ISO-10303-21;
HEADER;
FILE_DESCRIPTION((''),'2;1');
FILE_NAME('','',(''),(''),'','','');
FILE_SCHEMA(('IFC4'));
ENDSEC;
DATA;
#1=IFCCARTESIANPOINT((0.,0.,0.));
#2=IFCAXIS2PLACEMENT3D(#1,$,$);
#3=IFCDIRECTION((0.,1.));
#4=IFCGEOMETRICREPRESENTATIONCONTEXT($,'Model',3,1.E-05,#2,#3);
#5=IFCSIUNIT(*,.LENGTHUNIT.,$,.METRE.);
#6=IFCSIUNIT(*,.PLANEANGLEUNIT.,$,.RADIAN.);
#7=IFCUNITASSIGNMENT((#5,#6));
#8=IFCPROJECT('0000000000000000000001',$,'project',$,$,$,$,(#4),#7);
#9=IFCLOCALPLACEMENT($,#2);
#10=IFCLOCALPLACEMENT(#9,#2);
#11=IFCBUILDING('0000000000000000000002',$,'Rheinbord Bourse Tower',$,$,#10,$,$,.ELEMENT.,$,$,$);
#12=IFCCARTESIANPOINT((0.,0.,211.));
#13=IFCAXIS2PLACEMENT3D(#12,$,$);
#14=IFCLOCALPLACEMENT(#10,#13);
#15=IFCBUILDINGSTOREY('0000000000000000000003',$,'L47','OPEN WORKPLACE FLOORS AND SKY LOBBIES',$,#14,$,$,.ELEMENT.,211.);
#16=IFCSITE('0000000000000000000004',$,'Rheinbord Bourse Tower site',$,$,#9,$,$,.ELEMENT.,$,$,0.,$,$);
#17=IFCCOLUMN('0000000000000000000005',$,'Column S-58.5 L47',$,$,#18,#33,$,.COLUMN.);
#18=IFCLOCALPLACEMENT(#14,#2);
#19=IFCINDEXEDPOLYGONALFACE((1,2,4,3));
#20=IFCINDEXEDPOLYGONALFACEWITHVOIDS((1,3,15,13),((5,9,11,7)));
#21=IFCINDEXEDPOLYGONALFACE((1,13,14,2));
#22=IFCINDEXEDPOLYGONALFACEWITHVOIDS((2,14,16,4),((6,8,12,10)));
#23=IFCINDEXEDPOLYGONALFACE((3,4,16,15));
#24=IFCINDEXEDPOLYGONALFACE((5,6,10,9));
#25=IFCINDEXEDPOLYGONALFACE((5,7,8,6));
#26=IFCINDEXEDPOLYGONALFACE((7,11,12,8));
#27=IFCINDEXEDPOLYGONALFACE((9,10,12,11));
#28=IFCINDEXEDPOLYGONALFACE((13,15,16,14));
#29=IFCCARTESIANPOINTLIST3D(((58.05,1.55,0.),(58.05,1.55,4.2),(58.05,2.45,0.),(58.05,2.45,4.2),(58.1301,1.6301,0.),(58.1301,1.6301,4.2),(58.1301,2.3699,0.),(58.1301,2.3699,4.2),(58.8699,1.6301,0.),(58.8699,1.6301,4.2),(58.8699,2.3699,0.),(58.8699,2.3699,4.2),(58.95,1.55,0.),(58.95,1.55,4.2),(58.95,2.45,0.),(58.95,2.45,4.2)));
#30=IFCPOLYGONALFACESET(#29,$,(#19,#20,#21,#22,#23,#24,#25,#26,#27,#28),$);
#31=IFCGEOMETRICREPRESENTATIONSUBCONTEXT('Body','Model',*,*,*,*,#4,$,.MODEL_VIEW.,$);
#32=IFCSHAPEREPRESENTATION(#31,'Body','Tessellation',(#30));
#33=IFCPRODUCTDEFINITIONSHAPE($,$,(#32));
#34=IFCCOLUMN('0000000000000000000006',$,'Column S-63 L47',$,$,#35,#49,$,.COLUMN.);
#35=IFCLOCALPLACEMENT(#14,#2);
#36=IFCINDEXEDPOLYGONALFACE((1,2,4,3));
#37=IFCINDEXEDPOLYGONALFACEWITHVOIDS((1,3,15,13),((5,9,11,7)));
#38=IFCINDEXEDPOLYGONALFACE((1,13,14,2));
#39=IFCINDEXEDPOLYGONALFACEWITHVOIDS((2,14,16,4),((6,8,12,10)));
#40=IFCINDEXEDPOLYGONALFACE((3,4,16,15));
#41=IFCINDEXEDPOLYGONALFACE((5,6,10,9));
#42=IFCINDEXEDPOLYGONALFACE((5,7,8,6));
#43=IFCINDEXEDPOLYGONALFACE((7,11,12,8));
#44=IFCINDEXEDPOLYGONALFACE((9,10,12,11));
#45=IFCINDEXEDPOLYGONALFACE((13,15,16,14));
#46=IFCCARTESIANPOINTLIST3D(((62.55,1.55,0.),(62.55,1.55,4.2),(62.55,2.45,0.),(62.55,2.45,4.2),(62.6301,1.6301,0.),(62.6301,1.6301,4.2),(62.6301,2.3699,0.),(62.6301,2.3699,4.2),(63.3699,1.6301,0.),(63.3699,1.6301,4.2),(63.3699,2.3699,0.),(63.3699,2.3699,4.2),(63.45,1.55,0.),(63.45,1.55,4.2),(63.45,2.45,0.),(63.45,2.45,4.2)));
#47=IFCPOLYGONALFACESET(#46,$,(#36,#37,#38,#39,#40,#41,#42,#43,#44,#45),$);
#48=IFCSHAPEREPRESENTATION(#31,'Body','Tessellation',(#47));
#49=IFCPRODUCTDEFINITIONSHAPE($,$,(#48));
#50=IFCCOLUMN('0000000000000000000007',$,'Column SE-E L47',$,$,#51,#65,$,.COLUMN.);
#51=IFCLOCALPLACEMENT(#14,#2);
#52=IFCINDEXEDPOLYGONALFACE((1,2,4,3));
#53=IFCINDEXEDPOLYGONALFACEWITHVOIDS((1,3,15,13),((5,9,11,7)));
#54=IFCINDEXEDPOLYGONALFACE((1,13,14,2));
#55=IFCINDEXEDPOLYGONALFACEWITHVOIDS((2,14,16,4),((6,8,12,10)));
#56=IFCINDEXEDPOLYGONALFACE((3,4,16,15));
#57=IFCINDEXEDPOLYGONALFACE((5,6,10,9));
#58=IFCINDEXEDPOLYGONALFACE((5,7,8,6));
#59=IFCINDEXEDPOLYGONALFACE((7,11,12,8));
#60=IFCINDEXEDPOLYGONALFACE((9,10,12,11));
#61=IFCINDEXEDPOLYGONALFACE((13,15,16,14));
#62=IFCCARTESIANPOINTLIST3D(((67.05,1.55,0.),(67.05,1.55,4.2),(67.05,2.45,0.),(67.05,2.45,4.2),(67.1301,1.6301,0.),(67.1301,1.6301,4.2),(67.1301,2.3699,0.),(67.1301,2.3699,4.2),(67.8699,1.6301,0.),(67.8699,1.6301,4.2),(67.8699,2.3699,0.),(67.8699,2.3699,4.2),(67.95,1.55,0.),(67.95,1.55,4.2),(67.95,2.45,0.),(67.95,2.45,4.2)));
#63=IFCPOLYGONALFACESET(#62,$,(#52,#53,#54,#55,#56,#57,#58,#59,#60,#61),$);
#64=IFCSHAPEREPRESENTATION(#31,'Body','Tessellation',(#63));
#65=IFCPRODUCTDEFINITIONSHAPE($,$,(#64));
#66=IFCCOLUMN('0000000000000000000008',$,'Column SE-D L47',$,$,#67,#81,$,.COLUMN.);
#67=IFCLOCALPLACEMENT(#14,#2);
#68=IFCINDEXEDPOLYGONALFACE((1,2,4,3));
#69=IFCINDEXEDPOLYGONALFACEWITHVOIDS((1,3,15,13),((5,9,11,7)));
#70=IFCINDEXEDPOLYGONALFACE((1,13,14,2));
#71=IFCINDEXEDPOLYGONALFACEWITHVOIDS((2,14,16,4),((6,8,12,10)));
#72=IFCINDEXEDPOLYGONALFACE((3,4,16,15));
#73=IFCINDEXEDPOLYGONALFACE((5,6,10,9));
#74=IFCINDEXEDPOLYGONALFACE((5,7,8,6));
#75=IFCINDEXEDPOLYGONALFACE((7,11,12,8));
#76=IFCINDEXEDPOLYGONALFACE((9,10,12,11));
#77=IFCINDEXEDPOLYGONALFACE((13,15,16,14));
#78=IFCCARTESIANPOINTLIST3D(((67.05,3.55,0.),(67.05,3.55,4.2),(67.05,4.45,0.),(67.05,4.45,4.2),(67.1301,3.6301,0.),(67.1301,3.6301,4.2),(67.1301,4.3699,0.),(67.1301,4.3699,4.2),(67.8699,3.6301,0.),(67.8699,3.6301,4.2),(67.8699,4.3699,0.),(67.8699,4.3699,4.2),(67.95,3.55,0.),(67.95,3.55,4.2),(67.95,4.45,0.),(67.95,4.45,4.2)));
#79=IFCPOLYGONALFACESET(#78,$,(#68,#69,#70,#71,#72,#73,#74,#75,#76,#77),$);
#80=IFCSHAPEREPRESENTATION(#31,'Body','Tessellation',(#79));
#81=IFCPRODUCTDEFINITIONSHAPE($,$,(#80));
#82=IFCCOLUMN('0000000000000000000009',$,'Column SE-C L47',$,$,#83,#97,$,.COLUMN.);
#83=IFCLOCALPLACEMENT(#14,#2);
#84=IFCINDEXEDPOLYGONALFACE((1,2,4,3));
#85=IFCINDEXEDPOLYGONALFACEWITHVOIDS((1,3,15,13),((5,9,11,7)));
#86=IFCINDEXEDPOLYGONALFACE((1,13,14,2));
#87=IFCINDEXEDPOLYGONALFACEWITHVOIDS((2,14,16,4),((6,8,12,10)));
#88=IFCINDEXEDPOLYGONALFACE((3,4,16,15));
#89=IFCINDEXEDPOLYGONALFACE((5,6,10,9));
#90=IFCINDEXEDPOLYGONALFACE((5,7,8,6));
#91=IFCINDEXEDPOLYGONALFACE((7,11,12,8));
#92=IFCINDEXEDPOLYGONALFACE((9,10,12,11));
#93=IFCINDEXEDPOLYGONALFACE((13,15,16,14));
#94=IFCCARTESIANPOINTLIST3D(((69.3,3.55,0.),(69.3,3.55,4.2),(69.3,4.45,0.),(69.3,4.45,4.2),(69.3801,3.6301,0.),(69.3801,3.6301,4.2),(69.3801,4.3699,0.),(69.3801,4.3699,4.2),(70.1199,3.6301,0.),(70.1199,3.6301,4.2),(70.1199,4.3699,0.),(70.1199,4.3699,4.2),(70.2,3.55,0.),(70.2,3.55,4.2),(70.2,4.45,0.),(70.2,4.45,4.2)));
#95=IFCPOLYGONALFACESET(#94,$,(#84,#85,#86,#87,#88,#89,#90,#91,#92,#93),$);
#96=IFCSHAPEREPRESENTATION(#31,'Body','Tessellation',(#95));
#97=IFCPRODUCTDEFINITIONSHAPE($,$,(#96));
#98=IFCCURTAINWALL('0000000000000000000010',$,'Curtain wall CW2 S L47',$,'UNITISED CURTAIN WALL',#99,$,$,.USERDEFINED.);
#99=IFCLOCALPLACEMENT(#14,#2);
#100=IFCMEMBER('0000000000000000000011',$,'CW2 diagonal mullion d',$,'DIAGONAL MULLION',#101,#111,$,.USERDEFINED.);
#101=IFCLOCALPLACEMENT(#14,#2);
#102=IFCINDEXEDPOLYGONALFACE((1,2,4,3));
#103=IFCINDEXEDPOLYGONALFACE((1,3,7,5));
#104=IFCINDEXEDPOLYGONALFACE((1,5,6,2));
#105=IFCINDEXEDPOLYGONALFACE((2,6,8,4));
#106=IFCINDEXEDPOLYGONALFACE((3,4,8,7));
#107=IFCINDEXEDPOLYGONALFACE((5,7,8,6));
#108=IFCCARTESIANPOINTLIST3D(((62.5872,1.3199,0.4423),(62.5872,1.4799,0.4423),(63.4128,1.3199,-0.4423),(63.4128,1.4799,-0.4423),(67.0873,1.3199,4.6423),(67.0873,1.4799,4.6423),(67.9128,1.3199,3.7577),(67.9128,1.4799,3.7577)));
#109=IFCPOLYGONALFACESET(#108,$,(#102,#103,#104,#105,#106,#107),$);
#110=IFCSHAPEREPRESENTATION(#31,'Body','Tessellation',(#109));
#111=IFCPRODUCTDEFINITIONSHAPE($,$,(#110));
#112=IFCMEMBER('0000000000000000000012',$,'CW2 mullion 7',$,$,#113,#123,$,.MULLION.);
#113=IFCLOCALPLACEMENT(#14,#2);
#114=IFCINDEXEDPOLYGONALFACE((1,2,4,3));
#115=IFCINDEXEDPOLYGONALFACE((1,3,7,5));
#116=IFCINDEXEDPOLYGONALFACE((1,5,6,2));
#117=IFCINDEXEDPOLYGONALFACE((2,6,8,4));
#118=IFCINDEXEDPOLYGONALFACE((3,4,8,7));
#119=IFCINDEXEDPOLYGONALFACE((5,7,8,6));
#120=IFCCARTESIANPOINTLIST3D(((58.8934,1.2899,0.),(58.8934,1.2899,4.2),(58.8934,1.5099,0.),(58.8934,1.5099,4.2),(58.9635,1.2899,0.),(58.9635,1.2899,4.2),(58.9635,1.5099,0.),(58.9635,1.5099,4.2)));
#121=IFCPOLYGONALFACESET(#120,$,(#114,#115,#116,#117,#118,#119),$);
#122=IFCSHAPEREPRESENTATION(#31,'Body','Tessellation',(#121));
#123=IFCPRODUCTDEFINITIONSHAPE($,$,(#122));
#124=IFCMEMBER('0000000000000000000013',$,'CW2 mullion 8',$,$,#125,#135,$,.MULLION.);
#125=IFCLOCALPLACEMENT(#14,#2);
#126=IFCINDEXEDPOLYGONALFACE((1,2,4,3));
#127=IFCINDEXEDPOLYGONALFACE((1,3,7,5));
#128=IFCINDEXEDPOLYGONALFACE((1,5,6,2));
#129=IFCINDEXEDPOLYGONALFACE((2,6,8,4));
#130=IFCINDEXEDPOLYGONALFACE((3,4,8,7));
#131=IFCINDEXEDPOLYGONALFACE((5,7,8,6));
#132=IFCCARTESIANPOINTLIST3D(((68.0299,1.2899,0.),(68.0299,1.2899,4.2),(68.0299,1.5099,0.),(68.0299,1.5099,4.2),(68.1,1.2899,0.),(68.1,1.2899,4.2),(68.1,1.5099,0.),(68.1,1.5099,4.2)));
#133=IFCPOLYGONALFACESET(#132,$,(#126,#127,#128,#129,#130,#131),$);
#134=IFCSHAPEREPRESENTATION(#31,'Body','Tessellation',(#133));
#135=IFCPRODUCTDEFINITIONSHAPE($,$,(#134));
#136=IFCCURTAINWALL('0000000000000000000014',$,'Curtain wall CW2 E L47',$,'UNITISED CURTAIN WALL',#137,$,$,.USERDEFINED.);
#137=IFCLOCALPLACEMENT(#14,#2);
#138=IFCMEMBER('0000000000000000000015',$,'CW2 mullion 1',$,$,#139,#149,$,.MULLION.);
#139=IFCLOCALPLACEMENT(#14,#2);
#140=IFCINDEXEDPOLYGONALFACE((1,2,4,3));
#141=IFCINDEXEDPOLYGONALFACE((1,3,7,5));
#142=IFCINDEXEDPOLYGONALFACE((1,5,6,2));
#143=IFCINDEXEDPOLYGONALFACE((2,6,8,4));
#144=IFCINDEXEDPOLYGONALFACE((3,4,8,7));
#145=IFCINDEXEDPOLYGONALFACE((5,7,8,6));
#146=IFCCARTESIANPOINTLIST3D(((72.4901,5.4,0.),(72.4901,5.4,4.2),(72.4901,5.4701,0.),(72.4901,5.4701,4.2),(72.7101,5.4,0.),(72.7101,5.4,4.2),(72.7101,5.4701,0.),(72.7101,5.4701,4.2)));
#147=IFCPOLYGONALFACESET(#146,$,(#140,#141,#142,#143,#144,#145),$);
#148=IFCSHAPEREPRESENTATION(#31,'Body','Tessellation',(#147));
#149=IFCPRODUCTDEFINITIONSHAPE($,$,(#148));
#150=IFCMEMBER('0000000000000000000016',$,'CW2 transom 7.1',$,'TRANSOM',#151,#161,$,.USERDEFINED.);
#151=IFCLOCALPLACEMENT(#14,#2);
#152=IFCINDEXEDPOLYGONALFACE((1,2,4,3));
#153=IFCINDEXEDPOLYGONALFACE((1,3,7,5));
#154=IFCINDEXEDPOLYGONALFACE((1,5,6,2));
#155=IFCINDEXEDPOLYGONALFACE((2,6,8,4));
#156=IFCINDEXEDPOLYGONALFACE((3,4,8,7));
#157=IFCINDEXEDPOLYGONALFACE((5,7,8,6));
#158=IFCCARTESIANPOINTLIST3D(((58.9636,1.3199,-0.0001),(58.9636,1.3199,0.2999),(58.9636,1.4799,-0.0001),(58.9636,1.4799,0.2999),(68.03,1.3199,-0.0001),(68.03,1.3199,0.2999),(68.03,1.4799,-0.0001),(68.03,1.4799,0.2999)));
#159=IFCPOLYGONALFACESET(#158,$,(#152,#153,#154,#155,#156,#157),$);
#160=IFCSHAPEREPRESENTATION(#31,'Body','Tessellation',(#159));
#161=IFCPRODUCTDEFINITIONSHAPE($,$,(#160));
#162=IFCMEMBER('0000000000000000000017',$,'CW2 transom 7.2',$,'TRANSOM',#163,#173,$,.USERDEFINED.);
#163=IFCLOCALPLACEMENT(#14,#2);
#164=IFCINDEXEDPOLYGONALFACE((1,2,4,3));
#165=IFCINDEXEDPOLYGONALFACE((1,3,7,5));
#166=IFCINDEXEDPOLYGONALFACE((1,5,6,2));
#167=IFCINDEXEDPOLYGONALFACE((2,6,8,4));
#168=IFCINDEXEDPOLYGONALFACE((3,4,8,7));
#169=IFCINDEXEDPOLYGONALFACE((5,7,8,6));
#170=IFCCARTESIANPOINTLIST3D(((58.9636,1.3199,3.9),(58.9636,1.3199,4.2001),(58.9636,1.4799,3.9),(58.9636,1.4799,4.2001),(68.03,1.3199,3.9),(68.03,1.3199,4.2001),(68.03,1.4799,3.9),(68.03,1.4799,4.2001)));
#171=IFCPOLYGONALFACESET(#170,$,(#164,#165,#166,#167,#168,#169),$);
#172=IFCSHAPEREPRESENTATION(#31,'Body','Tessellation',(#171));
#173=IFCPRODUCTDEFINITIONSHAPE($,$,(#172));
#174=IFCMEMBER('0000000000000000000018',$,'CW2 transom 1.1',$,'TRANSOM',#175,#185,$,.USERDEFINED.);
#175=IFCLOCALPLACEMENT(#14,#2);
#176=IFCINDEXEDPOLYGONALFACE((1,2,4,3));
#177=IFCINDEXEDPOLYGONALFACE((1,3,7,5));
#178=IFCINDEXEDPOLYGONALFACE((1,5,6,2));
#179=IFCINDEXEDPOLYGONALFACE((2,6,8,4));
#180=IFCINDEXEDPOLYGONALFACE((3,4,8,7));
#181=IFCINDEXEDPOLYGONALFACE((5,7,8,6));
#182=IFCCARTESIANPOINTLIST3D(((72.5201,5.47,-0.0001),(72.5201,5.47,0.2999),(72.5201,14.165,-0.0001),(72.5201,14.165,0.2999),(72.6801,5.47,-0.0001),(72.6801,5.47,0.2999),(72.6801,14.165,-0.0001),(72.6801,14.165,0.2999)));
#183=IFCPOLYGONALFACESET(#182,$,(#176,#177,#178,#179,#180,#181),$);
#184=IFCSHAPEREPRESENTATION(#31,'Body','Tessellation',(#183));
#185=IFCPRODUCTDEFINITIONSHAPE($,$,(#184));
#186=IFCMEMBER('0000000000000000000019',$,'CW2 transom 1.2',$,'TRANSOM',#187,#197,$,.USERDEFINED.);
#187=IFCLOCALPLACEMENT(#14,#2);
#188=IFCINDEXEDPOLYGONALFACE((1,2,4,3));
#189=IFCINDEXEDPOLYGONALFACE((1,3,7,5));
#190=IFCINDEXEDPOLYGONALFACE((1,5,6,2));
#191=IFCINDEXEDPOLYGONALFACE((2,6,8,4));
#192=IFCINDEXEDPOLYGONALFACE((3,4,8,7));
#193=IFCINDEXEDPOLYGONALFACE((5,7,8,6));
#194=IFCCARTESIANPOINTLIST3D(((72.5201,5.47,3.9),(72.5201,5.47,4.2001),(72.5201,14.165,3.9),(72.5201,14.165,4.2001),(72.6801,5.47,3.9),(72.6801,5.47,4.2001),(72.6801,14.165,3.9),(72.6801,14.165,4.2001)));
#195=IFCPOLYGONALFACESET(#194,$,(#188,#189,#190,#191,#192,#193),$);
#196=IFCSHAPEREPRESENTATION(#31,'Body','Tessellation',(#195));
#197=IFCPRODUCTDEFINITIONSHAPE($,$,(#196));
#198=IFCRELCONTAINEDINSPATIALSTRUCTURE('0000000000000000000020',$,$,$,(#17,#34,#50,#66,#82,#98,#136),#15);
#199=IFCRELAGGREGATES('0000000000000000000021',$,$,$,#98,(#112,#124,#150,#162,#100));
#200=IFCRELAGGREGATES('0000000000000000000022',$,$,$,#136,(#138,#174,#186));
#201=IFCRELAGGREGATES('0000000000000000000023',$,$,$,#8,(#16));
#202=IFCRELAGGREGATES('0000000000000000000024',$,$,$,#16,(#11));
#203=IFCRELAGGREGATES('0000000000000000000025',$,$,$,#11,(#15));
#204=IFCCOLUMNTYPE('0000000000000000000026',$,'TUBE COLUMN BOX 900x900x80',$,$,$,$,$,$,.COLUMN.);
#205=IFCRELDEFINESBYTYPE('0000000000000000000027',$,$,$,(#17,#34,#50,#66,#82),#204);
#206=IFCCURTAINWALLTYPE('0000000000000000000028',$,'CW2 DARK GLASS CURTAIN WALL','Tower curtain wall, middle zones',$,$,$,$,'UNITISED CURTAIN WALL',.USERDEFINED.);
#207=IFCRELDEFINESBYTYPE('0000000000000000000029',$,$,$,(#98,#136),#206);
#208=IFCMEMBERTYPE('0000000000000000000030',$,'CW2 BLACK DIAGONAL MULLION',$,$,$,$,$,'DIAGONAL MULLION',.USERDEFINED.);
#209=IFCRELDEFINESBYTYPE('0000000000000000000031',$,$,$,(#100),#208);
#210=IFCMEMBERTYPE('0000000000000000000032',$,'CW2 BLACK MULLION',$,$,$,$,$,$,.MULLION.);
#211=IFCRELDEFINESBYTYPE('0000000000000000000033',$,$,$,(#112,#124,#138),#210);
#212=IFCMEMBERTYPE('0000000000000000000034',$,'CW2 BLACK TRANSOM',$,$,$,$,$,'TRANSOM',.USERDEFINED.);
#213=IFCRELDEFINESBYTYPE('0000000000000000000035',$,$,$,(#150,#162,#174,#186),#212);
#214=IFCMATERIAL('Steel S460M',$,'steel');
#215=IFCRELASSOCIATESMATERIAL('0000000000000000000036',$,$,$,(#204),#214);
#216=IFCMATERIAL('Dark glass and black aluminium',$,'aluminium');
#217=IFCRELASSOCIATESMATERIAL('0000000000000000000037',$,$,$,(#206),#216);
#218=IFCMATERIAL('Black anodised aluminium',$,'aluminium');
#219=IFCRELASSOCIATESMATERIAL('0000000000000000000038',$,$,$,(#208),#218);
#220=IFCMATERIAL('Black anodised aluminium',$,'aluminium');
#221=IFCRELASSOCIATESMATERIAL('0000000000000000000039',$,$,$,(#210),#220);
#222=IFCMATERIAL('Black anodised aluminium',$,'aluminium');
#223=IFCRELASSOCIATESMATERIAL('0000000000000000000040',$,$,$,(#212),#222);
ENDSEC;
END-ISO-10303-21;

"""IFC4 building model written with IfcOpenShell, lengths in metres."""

from ifc_helpers import new_model, si_unit, direction, frame, origin, origin_2d, place, context, subcontext, project, spatial, rectangle, hollow_rectangle, extrude, material, material_profile, profile_set, type_object, element, aggregate, save


model = new_model("IFC4")

# Units and contexts
model_context = context("Model", 3, precision=1e-05, world=origin(), true_north=direction((0.0, 1.0)))
body_context = subcontext(model_context, "Body", "Model", "MODEL_VIEW")
ifc_project = project(units=[si_unit("LENGTHUNIT", "METRE"), si_unit("PLANEANGLEUNIT", "RADIAN")], contexts=[model_context])

# Site, building, storey
site_placement = place(None, origin())
site = spatial("IfcSite", under=ifc_project, at=site_placement, Name="Rheinbord Bourse Tower site", CompositionType="ELEMENT", RefElevation=0.0)
building_placement = place(site_placement, origin())
building = spatial("IfcBuilding", under=site, at=building_placement, Name="Rheinbord Bourse Tower", CompositionType="ELEMENT")
storey_placement = place(building_placement, frame((0.0, 0.0, 211.0)))
storey = spatial("IfcBuildingStorey", under=building, at=storey_placement, Name="L47", Description="OPEN WORKPLACE FLOORS AND SKY LOBBIES", CompositionType="ELEMENT", Elevation=211.0)

# Columns
ifc_material_1 = material(Name="Steel S460M", Category="steel")
ifc_material_profile_1 = material_profile(ifc_material_1, hollow_rectangle(XDim=0.8999, YDim=0.8999, WallThickness=0.0801, at=origin_2d()), Name="BOX 900x900x80")
ifc_profile_set_1 = profile_set([ifc_material_profile_1], Name="Steel S460M")
column_type = type_object("IfcColumnType", Name="TUBE COLUMN BOX 900x900x80", PredefinedType="COLUMN", material=ifc_profile_set_1)
for number, where, z_axis, x_axis, name in (
    (1, (58.5, 2.0, 0.0), (0.0, 0.0, 1.0), (0.0, 1.0, 0.0), "Column S-58.5 L47"),
    (2, (63.0, 2.0, 0.0), (0.0, 0.0, 1.0), (0.0, 1.0, 0.0), "Column S-63 L47"),
    (3, (67.5, 2.0, 0.0), (0.0, 0.0, 1.0), (0.0, 1.0, 0.0), "Column SE-E L47"),
    (4, (67.5, 4.0, 0.0), (0.0, 0.0, 1.0), (0.0, 1.0, 0.0), "Column SE-D L47"),
    (5, (69.75, 4.0, 0.0), (0.0, 0.0, 1.0), (1.0, 0.0, 0.0), "Column SE-C L47"),
):
    element("IfcColumn", number, at=place(storey_placement, frame(where, z_axis=z_axis, x_axis=x_axis)), inside=storey, type_object=column_type, Name=name, PredefinedType="COLUMN", context=body_context, shape_type="SweptSolid", body=[
        extrude(hollow_rectangle(XDim=0.8999, YDim=0.8999, WallThickness=0.0801, at=origin_2d()), origin(), (0.0, 0.0, 1.0), 4.2),
    ])

# Curtain wall, members
ifc_material_2 = material(Name="Dark glass and black aluminium", Category="aluminium")
curtain_wall_type = type_object("IfcCurtainWallType", Name="CW2 DARK GLASS CURTAIN WALL", Description="Tower curtain wall, middle zones", ElementType="UNITISED CURTAIN WALL", PredefinedType="USERDEFINED", material=ifc_material_2)
curtain_wall_1_placement = place(storey_placement, origin())
curtain_wall_1 = element("IfcCurtainWall", 6, at=curtain_wall_1_placement, inside=storey, type_object=curtain_wall_type, Name="Curtain wall CW2 S L47", ObjectType="UNITISED CURTAIN WALL", PredefinedType="USERDEFINED")
ifc_material_3 = material(Name="Black anodised aluminium", Category="aluminium")
ifc_material_profile_2 = material_profile(ifc_material_3, rectangle(XDim=0.1599, YDim=1.21, at=origin_2d()), Name="CW2 DIAGONAL MULLION 1210x160")
ifc_profile_set_2 = profile_set([ifc_material_profile_2], Name="Black anodised aluminium")
member_type_1 = type_object("IfcMemberType", Name="CW2 BLACK DIAGONAL MULLION", ElementType="DIAGONAL MULLION", PredefinedType="USERDEFINED", material=ifc_profile_set_2)
member_1_placement = place(storey_placement, frame((63.0, 1.3999, 0.0), z_axis=(0.731059, 0.0, 0.682314), x_axis=(0.0, 1.0, 0.0)))
member_1 = element("IfcMember", 7, at=member_1_placement, type_object=member_type_1, Name="CW2 diagonal mullion d", ObjectType="DIAGONAL MULLION", PredefinedType="USERDEFINED", context=body_context, shape_type="SweptSolid", body=[
    extrude(rectangle(XDim=0.1599, YDim=1.21, at=origin_2d()), origin(), (0.0, 0.0, 1.0), 6.1555),
])
ifc_material_4 = material(Name="Black anodised aluminium", Category="aluminium")
ifc_material_profile_3 = material_profile(ifc_material_4, rectangle(XDim=0.22, YDim=0.0701, at=origin_2d()), Name="CW2 MULLION 70x220")
ifc_profile_set_3 = profile_set([ifc_material_profile_3], Name="Black anodised aluminium")
member_type_2 = type_object("IfcMemberType", Name="CW2 BLACK MULLION", PredefinedType="MULLION", material=ifc_profile_set_3)
member_2_placement = place(storey_placement, frame((58.9285, 1.3999, 0.0), z_axis=(0.0, 0.0, 1.0), x_axis=(0.0, 1.0, 0.0)))
member_2 = element("IfcMember", 8, at=member_2_placement, type_object=member_type_2, Name="CW2 mullion 7", PredefinedType="MULLION", context=body_context, shape_type="SweptSolid", body=[
    extrude(rectangle(XDim=0.22, YDim=0.0701, at=origin_2d()), origin(), (0.0, 0.0, 1.0), 4.2),
])
member_3_placement = place(storey_placement, frame((68.0649, 1.3999, 0.0), z_axis=(0.0, 0.0, 1.0), x_axis=(0.0, 1.0, 0.0)))
member_3 = element("IfcMember", 9, at=member_3_placement, type_object=member_type_2, Name="CW2 mullion 8", PredefinedType="MULLION", context=body_context, shape_type="SweptSolid", body=[
    extrude(rectangle(XDim=0.22, YDim=0.0701, at=origin_2d()), origin(), (0.0, 0.0, 1.0), 4.2),
])

# Curtain wall, member
curtain_wall_2_placement = place(storey_placement, origin())
curtain_wall_2 = element("IfcCurtainWall", 10, at=curtain_wall_2_placement, inside=storey, type_object=curtain_wall_type, Name="Curtain wall CW2 E L47", ObjectType="UNITISED CURTAIN WALL", PredefinedType="USERDEFINED")
member_4_placement = place(storey_placement, frame((72.6001, 5.4351, 0.0), z_axis=(0.0, 0.0, 1.0), x_axis=(-1.0, 0.0, 0.0)))
member_4 = element("IfcMember", 11, at=member_4_placement, type_object=member_type_2, Name="CW2 mullion 1", PredefinedType="MULLION", context=body_context, shape_type="SweptSolid", body=[
    extrude(rectangle(XDim=0.22, YDim=0.0701, at=origin_2d()), origin(), (0.0, 0.0, 1.0), 4.2),
])

# Members
ifc_material_5 = material(Name="Black anodised aluminium", Category="aluminium")
ifc_material_profile_4 = material_profile(ifc_material_5, rectangle(XDim=0.1599, YDim=0.3, at=origin_2d()), Name="CW2 TRANSOM 300x160")
ifc_profile_set_4 = profile_set([ifc_material_profile_4], Name="Black anodised aluminium")
member_type_3 = type_object("IfcMemberType", Name="CW2 BLACK TRANSOM", ElementType="TRANSOM", PredefinedType="USERDEFINED", material=ifc_profile_set_4)
member_5_placement = place(storey_placement, frame((58.9636, 1.3999, 0.1499), z_axis=(1.0, 0.0, 0.0), x_axis=(0.0, 1.0, 0.0)))
member_5 = element("IfcMember", 12, at=member_5_placement, type_object=member_type_3, Name="CW2 transom 7.1", ObjectType="TRANSOM", PredefinedType="USERDEFINED", context=body_context, shape_type="SweptSolid", body=[
    extrude(rectangle(XDim=0.1599, YDim=0.3, at=origin_2d()), origin(), (0.0, 0.0, 1.0), 9.0664),
])
member_6_placement = place(storey_placement, frame((58.9636, 1.3999, 4.05), z_axis=(1.0, 0.0, 0.0), x_axis=(0.0, 1.0, 0.0)))
member_6 = element("IfcMember", 13, at=member_6_placement, type_object=member_type_3, Name="CW2 transom 7.2", ObjectType="TRANSOM", PredefinedType="USERDEFINED", context=body_context, shape_type="SweptSolid", body=[
    extrude(rectangle(XDim=0.1599, YDim=0.3, at=origin_2d()), origin(), (0.0, 0.0, 1.0), 9.0664),
])
member_7_placement = place(storey_placement, frame((72.6001, 5.47, 0.1499), z_axis=(0.0, 1.0, 0.0), x_axis=(-1.0, 0.0, 0.0)))
member_7 = element("IfcMember", 14, at=member_7_placement, type_object=member_type_3, Name="CW2 transom 1.1", ObjectType="TRANSOM", PredefinedType="USERDEFINED", context=body_context, shape_type="SweptSolid", body=[
    extrude(rectangle(XDim=0.1599, YDim=0.3, at=origin_2d()), origin(), (0.0, 0.0, 1.0), 8.6951),
])
member_8_placement = place(storey_placement, frame((72.6001, 5.47, 4.05), z_axis=(0.0, 1.0, 0.0), x_axis=(-1.0, 0.0, 0.0)))
member_8 = element("IfcMember", 15, at=member_8_placement, type_object=member_type_3, Name="CW2 transom 1.2", ObjectType="TRANSOM", PredefinedType="USERDEFINED", context=body_context, shape_type="SweptSolid", body=[
    extrude(rectangle(XDim=0.1599, YDim=0.3, at=origin_2d()), origin(), (0.0, 0.0, 1.0), 8.6951),
])

aggregate(curtain_wall_1, [member_2, member_3, member_5, member_6, member_1])
aggregate(curtain_wall_2, [member_4, member_7, member_8])

save(model, "model.ifc")
